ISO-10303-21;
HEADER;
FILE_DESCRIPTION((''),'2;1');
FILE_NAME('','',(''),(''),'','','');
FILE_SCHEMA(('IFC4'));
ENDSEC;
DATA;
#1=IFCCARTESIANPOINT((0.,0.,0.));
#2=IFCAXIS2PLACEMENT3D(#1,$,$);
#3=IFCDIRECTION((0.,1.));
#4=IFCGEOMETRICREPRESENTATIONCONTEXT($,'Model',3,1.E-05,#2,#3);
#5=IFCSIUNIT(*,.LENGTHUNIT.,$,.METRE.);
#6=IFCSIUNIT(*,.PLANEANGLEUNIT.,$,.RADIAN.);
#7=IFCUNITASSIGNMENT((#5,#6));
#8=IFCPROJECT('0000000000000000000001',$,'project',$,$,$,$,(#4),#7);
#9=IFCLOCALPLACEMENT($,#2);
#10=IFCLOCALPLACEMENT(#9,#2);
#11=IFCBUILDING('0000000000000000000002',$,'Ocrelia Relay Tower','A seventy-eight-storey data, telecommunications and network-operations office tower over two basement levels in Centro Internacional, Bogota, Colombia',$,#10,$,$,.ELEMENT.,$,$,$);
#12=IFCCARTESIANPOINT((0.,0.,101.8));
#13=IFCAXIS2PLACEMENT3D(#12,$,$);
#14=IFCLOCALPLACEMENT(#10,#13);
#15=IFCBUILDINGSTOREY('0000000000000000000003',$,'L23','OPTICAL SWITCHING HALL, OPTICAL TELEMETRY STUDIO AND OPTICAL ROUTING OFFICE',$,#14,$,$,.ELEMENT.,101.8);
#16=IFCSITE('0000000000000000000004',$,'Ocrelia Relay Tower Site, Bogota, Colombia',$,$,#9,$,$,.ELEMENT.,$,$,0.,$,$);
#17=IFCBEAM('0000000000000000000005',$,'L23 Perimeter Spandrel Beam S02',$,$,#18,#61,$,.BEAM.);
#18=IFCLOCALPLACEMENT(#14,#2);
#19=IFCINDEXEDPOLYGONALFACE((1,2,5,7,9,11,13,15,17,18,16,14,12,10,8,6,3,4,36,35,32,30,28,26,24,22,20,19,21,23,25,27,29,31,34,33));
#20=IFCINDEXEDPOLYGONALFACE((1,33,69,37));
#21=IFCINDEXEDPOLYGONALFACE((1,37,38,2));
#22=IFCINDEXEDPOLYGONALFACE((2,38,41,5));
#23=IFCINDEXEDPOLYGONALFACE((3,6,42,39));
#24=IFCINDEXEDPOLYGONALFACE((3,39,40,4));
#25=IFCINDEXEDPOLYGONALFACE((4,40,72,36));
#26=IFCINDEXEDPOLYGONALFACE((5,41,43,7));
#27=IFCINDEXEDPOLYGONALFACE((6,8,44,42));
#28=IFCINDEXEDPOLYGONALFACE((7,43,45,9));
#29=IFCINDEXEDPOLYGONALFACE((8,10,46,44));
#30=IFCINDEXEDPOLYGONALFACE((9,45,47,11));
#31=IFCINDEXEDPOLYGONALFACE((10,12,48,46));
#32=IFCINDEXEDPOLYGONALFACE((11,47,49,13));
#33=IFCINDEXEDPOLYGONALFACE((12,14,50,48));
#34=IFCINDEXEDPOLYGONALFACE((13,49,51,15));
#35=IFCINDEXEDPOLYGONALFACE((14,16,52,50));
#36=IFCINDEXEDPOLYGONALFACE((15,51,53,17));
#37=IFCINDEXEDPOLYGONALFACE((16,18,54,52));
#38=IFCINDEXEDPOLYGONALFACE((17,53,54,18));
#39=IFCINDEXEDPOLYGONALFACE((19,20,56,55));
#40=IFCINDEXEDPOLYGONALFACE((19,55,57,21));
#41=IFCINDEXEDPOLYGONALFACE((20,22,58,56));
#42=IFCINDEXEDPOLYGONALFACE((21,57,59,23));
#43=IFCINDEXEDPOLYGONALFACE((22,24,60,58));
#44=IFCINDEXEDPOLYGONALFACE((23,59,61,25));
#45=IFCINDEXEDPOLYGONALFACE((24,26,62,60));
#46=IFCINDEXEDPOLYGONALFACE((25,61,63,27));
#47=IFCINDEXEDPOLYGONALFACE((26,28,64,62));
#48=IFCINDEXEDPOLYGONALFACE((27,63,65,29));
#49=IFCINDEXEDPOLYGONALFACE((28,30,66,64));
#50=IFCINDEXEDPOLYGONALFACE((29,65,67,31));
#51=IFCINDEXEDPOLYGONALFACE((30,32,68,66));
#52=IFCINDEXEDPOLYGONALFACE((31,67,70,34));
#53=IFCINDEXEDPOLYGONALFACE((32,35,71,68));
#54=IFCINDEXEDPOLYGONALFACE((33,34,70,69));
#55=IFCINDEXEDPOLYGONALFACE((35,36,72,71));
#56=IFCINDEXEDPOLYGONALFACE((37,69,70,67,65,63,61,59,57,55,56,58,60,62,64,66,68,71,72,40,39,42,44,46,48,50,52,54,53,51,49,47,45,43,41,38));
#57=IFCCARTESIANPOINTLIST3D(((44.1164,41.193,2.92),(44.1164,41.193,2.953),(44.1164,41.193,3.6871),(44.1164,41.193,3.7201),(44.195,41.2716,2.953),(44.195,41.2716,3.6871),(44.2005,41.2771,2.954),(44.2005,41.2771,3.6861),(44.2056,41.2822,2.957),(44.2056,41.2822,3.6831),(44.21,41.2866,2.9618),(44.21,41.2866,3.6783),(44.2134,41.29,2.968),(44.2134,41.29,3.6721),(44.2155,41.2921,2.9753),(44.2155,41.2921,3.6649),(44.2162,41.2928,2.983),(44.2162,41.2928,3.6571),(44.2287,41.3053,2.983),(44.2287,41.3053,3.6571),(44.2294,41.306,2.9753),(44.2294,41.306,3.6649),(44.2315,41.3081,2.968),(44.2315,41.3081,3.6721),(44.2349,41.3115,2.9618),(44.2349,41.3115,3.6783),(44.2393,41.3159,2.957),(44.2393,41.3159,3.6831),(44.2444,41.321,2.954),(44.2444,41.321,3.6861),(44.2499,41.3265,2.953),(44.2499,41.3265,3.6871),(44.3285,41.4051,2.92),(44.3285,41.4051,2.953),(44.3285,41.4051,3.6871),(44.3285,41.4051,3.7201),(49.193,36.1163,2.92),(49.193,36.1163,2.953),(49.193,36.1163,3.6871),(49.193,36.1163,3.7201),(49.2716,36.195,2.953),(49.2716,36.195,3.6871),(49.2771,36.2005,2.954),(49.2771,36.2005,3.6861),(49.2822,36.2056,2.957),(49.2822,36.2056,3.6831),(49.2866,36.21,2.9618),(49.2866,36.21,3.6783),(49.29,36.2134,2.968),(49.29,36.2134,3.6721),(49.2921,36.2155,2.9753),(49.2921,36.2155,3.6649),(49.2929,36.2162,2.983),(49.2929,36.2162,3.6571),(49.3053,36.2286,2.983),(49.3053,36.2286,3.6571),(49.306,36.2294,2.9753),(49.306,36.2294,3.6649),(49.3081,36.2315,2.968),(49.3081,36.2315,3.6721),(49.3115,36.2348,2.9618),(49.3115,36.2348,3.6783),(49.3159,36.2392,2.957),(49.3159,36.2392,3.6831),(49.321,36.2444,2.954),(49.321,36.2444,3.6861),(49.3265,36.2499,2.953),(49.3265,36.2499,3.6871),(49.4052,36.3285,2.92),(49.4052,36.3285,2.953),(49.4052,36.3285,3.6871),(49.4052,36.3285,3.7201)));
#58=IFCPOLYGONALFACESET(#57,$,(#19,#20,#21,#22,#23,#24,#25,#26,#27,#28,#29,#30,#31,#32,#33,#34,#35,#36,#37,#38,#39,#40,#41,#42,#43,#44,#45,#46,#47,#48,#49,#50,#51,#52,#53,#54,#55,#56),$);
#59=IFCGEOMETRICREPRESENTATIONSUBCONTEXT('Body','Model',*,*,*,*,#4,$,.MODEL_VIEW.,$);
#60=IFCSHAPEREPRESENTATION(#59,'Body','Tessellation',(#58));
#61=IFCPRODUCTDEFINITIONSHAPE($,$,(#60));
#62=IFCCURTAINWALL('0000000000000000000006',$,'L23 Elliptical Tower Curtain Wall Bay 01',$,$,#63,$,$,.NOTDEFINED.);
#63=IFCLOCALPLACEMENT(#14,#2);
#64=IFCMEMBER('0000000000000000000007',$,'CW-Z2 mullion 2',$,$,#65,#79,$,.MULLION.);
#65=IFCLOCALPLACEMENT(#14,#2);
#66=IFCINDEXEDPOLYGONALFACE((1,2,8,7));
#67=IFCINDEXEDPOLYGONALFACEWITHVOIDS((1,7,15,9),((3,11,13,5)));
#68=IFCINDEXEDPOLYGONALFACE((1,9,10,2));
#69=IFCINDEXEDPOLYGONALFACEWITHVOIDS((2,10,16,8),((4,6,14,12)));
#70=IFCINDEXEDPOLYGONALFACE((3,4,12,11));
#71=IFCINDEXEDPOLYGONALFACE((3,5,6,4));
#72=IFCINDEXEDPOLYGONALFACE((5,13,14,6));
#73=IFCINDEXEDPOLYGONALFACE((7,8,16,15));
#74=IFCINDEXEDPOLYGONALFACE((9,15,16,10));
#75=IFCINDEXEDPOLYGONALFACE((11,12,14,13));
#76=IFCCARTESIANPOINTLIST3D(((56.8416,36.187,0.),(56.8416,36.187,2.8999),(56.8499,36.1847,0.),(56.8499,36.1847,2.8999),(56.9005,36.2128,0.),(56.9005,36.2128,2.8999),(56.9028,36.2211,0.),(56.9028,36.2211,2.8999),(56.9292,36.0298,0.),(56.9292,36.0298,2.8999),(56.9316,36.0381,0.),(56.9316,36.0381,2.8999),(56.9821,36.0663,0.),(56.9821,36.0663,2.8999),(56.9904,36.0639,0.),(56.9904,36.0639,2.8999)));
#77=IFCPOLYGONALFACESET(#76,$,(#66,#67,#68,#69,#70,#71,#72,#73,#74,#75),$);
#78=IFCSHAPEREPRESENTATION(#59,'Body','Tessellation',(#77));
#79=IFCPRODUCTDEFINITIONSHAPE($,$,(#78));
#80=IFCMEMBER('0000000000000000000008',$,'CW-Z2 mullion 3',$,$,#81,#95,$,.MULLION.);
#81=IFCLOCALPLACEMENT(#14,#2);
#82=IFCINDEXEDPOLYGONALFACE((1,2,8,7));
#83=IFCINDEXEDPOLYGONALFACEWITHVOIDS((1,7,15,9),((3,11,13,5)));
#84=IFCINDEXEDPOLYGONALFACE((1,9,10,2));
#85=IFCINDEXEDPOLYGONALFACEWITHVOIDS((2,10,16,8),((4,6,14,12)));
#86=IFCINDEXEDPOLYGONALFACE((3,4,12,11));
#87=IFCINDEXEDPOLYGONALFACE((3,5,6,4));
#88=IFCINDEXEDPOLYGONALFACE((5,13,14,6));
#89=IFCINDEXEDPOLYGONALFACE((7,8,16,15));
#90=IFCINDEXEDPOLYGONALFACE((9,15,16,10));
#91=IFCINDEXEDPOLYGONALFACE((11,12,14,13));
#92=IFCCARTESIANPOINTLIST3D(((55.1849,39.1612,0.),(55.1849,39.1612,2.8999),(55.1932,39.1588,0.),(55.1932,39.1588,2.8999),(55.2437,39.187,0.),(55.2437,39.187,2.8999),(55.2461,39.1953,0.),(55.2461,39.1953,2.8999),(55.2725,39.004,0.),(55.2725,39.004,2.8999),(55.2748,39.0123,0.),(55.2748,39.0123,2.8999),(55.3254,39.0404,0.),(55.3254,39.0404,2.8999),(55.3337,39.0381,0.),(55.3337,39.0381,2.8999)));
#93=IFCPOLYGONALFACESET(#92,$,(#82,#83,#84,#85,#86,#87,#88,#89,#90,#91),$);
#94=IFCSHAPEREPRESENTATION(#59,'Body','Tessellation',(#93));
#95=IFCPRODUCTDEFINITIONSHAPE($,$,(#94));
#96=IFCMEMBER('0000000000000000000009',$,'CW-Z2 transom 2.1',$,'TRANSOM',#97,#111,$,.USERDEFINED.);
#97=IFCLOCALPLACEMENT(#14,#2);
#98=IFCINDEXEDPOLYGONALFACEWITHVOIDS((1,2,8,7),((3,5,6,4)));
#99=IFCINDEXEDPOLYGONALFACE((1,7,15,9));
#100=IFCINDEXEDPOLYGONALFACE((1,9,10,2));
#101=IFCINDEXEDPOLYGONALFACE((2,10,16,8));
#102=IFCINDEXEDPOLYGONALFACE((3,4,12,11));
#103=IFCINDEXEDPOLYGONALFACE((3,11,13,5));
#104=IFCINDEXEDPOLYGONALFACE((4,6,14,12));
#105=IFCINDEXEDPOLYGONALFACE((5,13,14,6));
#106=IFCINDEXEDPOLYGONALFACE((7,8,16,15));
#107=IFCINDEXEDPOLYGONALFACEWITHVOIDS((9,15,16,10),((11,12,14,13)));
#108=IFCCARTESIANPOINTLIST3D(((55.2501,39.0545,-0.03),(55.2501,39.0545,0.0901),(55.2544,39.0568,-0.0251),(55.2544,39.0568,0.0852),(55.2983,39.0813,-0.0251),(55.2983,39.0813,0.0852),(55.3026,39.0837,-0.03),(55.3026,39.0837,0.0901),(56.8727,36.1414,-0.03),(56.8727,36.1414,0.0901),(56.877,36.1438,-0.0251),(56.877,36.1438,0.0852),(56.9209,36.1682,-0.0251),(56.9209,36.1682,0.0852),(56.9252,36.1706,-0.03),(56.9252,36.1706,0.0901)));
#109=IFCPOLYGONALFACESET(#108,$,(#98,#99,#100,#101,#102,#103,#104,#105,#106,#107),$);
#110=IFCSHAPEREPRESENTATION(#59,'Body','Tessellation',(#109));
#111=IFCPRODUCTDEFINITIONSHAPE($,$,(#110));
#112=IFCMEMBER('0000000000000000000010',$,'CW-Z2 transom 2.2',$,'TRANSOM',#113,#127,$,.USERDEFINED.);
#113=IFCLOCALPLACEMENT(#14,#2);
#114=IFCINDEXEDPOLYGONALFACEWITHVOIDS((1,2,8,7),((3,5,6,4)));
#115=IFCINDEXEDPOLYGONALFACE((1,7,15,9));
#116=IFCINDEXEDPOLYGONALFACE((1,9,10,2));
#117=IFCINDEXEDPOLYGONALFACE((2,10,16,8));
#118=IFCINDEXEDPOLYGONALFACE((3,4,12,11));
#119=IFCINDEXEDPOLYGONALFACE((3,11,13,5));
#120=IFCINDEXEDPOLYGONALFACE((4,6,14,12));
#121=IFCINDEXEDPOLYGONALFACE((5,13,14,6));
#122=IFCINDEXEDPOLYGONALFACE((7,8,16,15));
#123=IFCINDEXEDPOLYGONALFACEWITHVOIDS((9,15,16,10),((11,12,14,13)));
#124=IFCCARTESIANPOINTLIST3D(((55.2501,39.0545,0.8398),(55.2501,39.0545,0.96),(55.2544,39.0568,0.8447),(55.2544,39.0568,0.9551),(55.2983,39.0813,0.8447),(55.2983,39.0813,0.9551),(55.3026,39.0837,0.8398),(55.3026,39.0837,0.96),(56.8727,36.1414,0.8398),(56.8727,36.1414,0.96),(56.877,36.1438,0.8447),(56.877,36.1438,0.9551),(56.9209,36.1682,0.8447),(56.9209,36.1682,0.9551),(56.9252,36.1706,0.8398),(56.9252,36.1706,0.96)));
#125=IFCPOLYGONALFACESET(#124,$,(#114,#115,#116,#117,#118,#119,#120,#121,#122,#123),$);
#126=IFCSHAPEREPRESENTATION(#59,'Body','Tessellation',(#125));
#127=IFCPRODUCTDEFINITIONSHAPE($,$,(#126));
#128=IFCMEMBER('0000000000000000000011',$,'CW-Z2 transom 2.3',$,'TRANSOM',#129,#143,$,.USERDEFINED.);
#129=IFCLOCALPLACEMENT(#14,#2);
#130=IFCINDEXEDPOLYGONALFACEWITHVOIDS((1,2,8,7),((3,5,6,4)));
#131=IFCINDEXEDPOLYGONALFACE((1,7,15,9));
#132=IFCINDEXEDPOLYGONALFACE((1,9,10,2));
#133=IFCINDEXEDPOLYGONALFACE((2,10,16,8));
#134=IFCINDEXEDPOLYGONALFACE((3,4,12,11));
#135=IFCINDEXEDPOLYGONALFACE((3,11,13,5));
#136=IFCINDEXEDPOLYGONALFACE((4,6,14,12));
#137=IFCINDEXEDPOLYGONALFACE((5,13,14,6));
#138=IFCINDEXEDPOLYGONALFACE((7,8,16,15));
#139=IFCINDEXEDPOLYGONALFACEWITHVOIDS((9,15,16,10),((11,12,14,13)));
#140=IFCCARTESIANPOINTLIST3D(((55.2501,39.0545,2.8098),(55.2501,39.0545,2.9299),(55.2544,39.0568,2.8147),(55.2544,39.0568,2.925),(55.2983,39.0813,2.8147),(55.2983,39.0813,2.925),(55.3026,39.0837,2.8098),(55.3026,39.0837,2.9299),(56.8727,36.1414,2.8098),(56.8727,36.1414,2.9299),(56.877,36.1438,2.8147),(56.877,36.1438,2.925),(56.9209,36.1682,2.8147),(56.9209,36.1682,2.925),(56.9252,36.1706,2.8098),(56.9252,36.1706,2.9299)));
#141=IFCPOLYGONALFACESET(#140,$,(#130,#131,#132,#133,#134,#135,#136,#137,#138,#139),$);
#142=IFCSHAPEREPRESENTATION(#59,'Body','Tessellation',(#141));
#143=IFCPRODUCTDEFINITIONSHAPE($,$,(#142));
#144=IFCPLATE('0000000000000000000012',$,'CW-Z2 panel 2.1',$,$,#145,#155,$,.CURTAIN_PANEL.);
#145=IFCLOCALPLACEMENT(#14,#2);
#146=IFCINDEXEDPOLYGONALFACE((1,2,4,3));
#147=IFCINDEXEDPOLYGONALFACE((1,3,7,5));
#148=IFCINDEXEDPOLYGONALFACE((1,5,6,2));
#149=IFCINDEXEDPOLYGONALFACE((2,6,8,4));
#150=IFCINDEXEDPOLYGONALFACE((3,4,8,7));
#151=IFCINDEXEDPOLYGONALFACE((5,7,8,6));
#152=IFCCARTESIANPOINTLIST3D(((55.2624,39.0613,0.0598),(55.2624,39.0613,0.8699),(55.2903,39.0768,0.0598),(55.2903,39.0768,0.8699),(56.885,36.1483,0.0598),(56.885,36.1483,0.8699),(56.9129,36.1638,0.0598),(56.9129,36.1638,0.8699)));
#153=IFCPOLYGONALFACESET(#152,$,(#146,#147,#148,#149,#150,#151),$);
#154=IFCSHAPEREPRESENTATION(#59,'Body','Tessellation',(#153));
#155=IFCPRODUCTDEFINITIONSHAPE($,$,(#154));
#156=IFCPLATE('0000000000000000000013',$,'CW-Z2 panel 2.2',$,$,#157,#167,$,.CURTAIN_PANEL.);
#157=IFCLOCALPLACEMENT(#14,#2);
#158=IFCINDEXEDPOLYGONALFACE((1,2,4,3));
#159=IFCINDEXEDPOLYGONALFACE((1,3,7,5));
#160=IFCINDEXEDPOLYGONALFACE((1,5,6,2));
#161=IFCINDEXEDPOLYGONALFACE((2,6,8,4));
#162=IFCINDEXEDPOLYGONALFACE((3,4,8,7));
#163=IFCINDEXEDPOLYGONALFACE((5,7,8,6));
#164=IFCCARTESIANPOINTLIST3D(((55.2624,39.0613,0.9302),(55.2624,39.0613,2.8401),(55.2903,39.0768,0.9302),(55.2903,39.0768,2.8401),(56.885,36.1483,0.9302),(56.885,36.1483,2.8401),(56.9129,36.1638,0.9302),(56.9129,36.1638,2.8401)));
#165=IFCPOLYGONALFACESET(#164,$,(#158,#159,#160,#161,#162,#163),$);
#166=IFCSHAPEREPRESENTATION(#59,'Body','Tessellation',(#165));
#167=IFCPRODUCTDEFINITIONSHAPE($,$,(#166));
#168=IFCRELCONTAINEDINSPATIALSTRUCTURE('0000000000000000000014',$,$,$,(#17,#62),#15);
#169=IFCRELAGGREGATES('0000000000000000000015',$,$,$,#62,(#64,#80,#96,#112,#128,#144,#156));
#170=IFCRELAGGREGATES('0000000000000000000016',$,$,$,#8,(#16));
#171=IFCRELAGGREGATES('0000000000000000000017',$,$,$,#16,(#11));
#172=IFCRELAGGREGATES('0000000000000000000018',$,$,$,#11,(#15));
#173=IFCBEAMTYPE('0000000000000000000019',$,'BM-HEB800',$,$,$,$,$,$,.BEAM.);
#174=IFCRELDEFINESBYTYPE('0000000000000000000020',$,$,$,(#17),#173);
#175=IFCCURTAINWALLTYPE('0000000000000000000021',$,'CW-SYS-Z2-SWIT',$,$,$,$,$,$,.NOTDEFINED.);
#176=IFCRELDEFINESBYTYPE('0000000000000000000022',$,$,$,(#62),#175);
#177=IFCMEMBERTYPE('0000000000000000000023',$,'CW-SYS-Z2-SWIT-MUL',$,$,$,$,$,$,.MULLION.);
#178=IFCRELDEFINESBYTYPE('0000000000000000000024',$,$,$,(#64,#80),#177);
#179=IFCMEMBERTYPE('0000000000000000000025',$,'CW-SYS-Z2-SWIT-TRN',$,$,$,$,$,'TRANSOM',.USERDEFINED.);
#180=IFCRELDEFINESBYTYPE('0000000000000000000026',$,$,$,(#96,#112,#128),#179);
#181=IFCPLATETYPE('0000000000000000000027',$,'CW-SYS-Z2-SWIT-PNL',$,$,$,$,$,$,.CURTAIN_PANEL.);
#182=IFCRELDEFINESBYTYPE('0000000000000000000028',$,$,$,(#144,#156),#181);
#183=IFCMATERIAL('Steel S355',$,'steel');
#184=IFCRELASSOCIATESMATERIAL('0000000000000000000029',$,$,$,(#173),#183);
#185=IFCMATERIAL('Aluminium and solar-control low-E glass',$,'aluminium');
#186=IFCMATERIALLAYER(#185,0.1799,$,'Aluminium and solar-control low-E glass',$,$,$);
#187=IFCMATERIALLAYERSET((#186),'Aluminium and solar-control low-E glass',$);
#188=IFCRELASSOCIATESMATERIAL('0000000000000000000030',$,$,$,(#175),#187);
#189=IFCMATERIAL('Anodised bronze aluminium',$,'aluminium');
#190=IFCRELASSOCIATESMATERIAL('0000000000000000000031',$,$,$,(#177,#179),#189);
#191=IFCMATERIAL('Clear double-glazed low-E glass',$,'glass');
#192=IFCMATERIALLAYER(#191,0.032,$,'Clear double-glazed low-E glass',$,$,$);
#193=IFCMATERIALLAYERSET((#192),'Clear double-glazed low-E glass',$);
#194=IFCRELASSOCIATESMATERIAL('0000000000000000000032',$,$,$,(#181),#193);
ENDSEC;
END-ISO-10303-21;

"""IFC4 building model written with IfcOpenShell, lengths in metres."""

from ifc_helpers import new_model, si_unit, direction, frame, origin, origin_2d, place, context, subcontext, project, spatial, rectangle, hollow_rectangle, i_section, extrude, material, layer, layer_set, material_profile, profile_set, type_object, element, aggregate, save


model = new_model("IFC4")

# Units and contexts
model_context = context("Model", 3, precision=1e-05, world=origin(), true_north=direction((0.0, 1.0)))
body_context = subcontext(model_context, "Body", "Model", "MODEL_VIEW")
ifc_project = project(units=[si_unit("LENGTHUNIT", "METRE"), si_unit("PLANEANGLEUNIT", "RADIAN")], contexts=[model_context])

# Site, building, storey
site_placement = place(None, origin())
site = spatial("IfcSite", under=ifc_project, at=site_placement, Name="Ocrelia Relay Tower Site, Bogota, Colombia", CompositionType="ELEMENT", RefElevation=0.0)
building_placement = place(site_placement, origin())
building = spatial("IfcBuilding", under=site, at=building_placement, Name="Ocrelia Relay Tower", Description="A seventy-eight-storey data, telecommunications and network-operations office tower over two basement levels in Centro Internacional, Bogota, Colombia", CompositionType="ELEMENT")
storey_placement = place(building_placement, frame((0.0, 0.0, 101.8)))
storey = spatial("IfcBuildingStorey", under=building, at=storey_placement, Name="L23", Description="OPTICAL SWITCHING HALL, OPTICAL TELEMETRY STUDIO AND OPTICAL ROUTING OFFICE", CompositionType="ELEMENT", Elevation=101.8)

# Beam
ifc_material_1 = material(Name="Steel S355", Category="steel")
ifc_material_profile_1 = material_profile(ifc_material_1, i_section(OverallWidth=0.3, OverallDepth=0.8, WebThickness=0.0176, FlangeThickness=0.033, FilletRadius=0.03, at=origin_2d()), Name="HEB 800")
ifc_profile_set_1 = profile_set([ifc_material_profile_1], Name="Steel S355")
beam_type_1 = type_object("IfcBeamType", Name="BM-HEB800", PredefinedType="BEAM", material=ifc_profile_set_1)
beam_1_placement = place(storey_placement, frame((49.2991, 36.2224, 3.3201), z_axis=(-0.707107, 0.707107, 0.0), x_axis=(-0.707107, -0.707107, 0.0)))
element("IfcBeam", 1, at=beam_1_placement, inside=storey, type_object=beam_type_1, Name="L23 Perimeter Spandrel Beam S02", PredefinedType="BEAM", context=body_context, shape_type="SweptSolid", body=[
    extrude(i_section(OverallWidth=0.3, OverallDepth=0.8, WebThickness=0.0176, FlangeThickness=0.033, FilletRadius=0.03, at=origin_2d()), origin(), (0.0, 0.0, 1.0), 7.1794),
])

# Curtain wall, members, plates
ifc_material_2 = material(Name="Aluminium and solar-control low-E glass", Category="aluminium")
ifc_layer_1 = layer(ifc_material_2, 0.1799, Name="Aluminium and solar-control low-E glass")
ifc_layer_set_1 = layer_set([ifc_layer_1], Name="Aluminium and solar-control low-E glass")
curtain_wall_type = type_object("IfcCurtainWallType", Name="CW-SYS-Z2-SWIT", PredefinedType="NOTDEFINED", material=ifc_layer_set_1)
curtain_wall_placement = place(storey_placement, origin())
curtain_wall = element("IfcCurtainWall", 2, at=curtain_wall_placement, inside=storey, type_object=curtain_wall_type, Name="L23 Elliptical Tower Curtain Wall Bay 01", PredefinedType="NOTDEFINED")
ifc_material_3 = material(Name="Anodised bronze aluminium", Category="aluminium")
ifc_material_profile_2 = material_profile(ifc_material_3, hollow_rectangle(XDim=0.0701, YDim=0.1799, WallThickness=0.0061, at=origin_2d()), Name="CW-MUL-180x70")
ifc_profile_set_2 = profile_set([ifc_material_profile_2], Name="Anodised bronze aluminium")
member_type_1 = type_object("IfcMemberType", Name="CW-SYS-Z2-SWIT-MUL", PredefinedType="MULLION", material=ifc_profile_set_2)
member_1_placement = place(storey_placement, frame((56.916, 36.1255, 0.0), z_axis=(0.0, 0.0, 1.0), x_axis=(-0.873612, -0.486624, 0.0)))
member_1 = element("IfcMember", 3, at=member_1_placement, type_object=member_type_1, Name="CW-Z2 mullion 2", PredefinedType="MULLION", context=body_context, shape_type="SweptSolid", body=[
    extrude(hollow_rectangle(XDim=0.0701, YDim=0.1799, WallThickness=0.0061, at=origin_2d()), origin(), (0.0, 0.0, 1.0), 2.8999),
])
member_2_placement = place(storey_placement, frame((55.2593, 39.0996, 0.0), z_axis=(0.0, 0.0, 1.0), x_axis=(-0.873612, -0.486624, 0.0)))
member_2 = element("IfcMember", 4, at=member_2_placement, type_object=member_type_1, Name="CW-Z2 mullion 3", PredefinedType="MULLION", context=body_context, shape_type="SweptSolid", body=[
    extrude(hollow_rectangle(XDim=0.0701, YDim=0.1799, WallThickness=0.0061, at=origin_2d()), origin(), (0.0, 0.0, 1.0), 2.8999),
])
ifc_material_profile_3 = material_profile(ifc_material_3, hollow_rectangle(XDim=0.0601, YDim=0.1201, WallThickness=0.0049, at=origin_2d()), Name="CW-TRN-120x60")
ifc_profile_set_3 = profile_set([ifc_material_profile_3], Name="Anodised bronze aluminium")
member_type_2 = type_object("IfcMemberType", Name="CW-SYS-Z2-SWIT-TRN", ElementType="TRANSOM", PredefinedType="USERDEFINED", material=ifc_profile_set_3)
member_3_placement = place(storey_placement, frame((56.8989, 36.156, 0.03), z_axis=(-0.4866, 0.873625, 0.0), x_axis=(-0.873625, -0.4866, 0.0)))
member_3 = element("IfcMember", 5, at=member_3_placement, type_object=member_type_2, Name="CW-Z2 transom 2.1", ObjectType="TRANSOM", PredefinedType="USERDEFINED", context=body_context, shape_type="SweptSolid", body=[
    extrude(hollow_rectangle(XDim=0.0601, YDim=0.1201, WallThickness=0.0049, at=origin_2d()), origin(), (0.0, 0.0, 1.0), 3.3345),
])
member_4_placement = place(storey_placement, frame((56.8989, 36.156, 0.8999), z_axis=(-0.4866, 0.873625, 0.0), x_axis=(-0.873625, -0.4866, 0.0)))
member_4 = element("IfcMember", 6, at=member_4_placement, type_object=member_type_2, Name="CW-Z2 transom 2.2", ObjectType="TRANSOM", PredefinedType="USERDEFINED", context=body_context, shape_type="SweptSolid", body=[
    extrude(hollow_rectangle(XDim=0.0601, YDim=0.1201, WallThickness=0.0049, at=origin_2d()), origin(), (0.0, 0.0, 1.0), 3.3345),
])
member_5_placement = place(storey_placement, frame((56.8989, 36.156, 2.8699), z_axis=(-0.4866, 0.873625, 0.0), x_axis=(-0.873625, -0.4866, 0.0)))
member_5 = element("IfcMember", 7, at=member_5_placement, type_object=member_type_2, Name="CW-Z2 transom 2.3", ObjectType="TRANSOM", PredefinedType="USERDEFINED", context=body_context, shape_type="SweptSolid", body=[
    extrude(hollow_rectangle(XDim=0.0601, YDim=0.1201, WallThickness=0.0049, at=origin_2d()), origin(), (0.0, 0.0, 1.0), 3.3345),
])
ifc_material_4 = material(Name="Clear double-glazed low-E glass", Category="glass")
ifc_layer_2 = layer(ifc_material_4, 0.032, Name="Clear double-glazed low-E glass")
ifc_layer_set_2 = layer_set([ifc_layer_2], Name="Clear double-glazed low-E glass")
plate_type = type_object("IfcPlateType", Name="CW-SYS-Z2-SWIT-PNL", PredefinedType="CURTAIN_PANEL", material=ifc_layer_set_2)
plate_1_placement = place(storey_placement, frame((56.0876, 37.6125, 0.0598), z_axis=(0.0, 0.0, 1.0), x_axis=(-0.486624, 0.873612, 0.0)))
plate_1 = element("IfcPlate", 8, at=plate_1_placement, type_object=plate_type, Name="CW-Z2 panel 2.1", PredefinedType="CURTAIN_PANEL", context=body_context, shape_type="SweptSolid", body=[
    extrude(rectangle(XDim=3.3345, YDim=0.032, at=origin_2d()), origin(), (0.0, 0.0, 1.0), 0.8101),
])
plate_2_placement = place(storey_placement, frame((56.0876, 37.6125, 0.9302), z_axis=(0.0, 0.0, 1.0), x_axis=(-0.486624, 0.873612, 0.0)))
plate_2 = element("IfcPlate", 9, at=plate_2_placement, type_object=plate_type, Name="CW-Z2 panel 2.2", PredefinedType="CURTAIN_PANEL", context=body_context, shape_type="SweptSolid", body=[
    extrude(rectangle(XDim=3.3345, YDim=0.032, at=origin_2d()), origin(), (0.0, 0.0, 1.0), 1.9099),
])
aggregate(curtain_wall, [member_1, member_2, member_3, member_4, member_5, plate_1, plate_2])

save(model, "model.ifc")
